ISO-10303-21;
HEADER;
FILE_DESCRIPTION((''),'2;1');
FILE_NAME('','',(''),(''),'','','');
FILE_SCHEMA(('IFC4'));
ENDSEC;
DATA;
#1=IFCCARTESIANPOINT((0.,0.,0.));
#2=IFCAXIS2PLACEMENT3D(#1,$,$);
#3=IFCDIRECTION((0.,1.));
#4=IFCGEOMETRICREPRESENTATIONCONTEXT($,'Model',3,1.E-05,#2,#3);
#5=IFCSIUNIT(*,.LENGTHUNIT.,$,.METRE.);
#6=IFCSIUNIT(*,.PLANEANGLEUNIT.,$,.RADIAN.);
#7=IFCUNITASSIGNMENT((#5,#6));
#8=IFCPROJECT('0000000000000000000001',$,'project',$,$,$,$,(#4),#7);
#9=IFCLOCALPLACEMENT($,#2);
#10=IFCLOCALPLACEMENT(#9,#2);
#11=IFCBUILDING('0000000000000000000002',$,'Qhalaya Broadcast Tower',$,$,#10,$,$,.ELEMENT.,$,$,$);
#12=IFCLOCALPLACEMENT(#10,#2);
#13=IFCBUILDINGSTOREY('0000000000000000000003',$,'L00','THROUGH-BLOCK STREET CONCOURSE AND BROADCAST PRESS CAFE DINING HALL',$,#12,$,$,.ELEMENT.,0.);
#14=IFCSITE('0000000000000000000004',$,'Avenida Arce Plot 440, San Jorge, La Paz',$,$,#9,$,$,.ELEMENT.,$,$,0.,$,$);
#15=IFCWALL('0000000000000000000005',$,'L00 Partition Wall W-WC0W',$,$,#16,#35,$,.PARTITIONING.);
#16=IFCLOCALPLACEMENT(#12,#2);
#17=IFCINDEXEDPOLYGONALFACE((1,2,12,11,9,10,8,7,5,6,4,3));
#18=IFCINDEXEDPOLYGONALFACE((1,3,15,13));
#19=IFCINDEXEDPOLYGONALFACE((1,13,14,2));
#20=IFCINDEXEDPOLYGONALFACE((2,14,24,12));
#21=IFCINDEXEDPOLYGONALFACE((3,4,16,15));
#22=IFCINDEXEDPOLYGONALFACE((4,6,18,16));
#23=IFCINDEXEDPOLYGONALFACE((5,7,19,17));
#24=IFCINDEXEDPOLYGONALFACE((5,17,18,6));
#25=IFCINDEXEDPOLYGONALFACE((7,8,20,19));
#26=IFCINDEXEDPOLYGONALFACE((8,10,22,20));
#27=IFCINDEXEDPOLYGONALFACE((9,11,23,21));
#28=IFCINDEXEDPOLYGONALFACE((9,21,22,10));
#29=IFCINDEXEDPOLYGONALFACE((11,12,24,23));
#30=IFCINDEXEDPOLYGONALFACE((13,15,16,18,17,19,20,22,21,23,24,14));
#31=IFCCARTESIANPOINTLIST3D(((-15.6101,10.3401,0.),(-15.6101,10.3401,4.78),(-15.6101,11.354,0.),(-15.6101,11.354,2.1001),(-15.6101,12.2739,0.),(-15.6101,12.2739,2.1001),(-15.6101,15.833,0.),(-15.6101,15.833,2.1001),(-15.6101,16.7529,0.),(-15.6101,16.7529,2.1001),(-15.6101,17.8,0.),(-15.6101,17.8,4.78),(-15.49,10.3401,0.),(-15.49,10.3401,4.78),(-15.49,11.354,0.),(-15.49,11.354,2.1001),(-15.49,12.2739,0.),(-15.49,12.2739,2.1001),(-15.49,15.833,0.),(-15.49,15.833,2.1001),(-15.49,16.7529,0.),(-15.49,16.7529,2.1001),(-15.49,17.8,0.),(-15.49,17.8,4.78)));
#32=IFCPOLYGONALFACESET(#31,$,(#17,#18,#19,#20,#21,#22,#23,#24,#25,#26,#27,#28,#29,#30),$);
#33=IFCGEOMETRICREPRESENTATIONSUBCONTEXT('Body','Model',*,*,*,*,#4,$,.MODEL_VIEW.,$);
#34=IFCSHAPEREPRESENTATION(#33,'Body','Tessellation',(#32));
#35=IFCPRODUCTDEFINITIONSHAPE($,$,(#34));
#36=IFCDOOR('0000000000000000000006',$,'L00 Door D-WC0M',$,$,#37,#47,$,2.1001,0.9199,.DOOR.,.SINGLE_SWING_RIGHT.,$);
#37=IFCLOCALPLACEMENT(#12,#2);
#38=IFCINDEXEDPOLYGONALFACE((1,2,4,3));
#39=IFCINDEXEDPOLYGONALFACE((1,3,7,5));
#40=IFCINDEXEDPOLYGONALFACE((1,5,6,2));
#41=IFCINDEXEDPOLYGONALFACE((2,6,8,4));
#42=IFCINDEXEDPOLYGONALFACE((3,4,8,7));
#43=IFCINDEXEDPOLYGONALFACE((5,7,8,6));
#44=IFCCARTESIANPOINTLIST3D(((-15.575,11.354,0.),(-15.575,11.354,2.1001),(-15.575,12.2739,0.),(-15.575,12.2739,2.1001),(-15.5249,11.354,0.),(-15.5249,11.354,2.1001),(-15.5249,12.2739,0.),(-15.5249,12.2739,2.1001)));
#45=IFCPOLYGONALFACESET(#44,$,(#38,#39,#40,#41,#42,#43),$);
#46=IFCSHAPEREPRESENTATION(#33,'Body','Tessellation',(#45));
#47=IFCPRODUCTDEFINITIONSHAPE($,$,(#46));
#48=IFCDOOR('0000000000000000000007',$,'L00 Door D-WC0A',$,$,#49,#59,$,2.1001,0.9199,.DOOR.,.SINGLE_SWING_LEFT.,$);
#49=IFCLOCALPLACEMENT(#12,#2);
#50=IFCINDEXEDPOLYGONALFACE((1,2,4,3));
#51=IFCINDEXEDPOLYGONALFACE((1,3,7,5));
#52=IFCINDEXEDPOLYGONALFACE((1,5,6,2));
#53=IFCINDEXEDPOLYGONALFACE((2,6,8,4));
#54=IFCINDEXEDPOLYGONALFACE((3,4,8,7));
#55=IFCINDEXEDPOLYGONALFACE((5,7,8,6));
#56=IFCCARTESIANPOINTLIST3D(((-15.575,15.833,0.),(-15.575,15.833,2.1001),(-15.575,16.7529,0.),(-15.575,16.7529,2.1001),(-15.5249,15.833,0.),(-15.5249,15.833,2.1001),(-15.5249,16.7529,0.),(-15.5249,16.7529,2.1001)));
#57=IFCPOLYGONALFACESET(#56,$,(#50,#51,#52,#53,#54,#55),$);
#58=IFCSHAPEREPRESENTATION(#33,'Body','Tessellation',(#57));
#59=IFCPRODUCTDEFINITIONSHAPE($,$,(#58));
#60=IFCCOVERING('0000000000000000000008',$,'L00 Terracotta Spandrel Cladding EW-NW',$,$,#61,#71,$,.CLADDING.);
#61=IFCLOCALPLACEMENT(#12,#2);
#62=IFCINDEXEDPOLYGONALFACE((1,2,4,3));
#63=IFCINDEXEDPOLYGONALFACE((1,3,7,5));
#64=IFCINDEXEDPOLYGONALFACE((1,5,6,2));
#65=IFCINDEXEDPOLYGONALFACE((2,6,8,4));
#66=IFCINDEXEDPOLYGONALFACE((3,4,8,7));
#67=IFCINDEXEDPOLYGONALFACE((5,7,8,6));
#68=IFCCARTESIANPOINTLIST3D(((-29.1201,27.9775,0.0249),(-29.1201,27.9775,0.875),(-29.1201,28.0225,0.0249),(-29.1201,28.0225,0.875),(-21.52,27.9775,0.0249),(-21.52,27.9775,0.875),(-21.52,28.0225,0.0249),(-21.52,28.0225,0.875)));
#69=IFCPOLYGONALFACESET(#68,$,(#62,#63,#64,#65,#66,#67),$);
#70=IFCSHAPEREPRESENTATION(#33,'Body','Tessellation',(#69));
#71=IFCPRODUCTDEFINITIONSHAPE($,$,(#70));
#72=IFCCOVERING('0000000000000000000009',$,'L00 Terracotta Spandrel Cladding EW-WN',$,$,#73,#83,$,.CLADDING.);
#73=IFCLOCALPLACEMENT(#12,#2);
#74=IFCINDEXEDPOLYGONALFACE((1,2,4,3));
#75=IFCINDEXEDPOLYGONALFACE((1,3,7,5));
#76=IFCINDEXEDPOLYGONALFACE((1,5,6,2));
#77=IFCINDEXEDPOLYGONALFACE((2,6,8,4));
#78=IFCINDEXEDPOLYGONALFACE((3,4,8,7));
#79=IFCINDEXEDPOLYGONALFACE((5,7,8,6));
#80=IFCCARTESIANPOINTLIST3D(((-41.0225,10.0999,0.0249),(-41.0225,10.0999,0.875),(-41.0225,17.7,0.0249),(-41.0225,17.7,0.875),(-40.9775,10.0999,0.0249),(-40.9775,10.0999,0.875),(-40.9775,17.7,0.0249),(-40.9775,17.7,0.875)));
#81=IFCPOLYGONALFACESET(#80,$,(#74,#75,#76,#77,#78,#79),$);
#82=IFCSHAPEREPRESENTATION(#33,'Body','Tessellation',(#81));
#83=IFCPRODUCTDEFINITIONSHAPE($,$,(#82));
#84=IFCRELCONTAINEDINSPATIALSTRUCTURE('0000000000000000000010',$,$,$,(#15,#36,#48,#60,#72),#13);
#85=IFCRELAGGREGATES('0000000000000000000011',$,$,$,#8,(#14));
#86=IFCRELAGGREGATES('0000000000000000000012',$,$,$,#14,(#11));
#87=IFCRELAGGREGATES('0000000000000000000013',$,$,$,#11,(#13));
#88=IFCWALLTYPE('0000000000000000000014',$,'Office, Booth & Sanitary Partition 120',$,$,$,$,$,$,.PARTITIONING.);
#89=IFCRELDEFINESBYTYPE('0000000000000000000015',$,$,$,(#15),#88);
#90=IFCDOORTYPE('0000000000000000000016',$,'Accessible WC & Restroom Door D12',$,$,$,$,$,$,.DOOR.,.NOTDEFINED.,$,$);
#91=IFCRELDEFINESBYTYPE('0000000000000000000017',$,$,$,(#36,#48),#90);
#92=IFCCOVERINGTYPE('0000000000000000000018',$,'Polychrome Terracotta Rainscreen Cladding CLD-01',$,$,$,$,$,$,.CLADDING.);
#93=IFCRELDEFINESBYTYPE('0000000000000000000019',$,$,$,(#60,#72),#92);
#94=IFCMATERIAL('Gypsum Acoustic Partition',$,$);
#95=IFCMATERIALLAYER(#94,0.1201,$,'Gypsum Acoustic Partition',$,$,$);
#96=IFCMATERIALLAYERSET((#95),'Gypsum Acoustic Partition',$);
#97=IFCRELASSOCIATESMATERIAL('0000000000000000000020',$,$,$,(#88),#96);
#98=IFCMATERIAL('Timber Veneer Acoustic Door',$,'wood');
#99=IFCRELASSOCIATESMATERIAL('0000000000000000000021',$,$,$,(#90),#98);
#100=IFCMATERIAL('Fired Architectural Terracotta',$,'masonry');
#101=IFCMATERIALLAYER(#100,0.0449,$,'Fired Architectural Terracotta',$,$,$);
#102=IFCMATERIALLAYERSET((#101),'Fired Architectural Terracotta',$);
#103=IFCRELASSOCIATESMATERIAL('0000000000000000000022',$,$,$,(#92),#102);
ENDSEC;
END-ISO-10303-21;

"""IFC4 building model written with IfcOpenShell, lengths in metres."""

from ifc_helpers import new_model, si_unit, direction, frame, frame_2d, origin, origin_2d, place, context, subcontext, project, spatial, rectangle, extrude, material, layer, layer_set, type_object, element, fill, save


model = new_model("IFC4")

# Units and contexts
model_context = context("Model", 3, precision=1e-05, world=origin(), true_north=direction((0.0, 1.0)))
body_context = subcontext(model_context, "Body", "Model", "MODEL_VIEW")
ifc_project = project(units=[si_unit("LENGTHUNIT", "METRE"), si_unit("PLANEANGLEUNIT", "RADIAN")], contexts=[model_context])

# Site, building, storey
site_placement = place(None, origin())
site = spatial("IfcSite", under=ifc_project, at=site_placement, Name="Avenida Arce Plot 440, San Jorge, La Paz", CompositionType="ELEMENT", RefElevation=0.0)
building_placement = place(site_placement, origin())
building = spatial("IfcBuilding", under=site, at=building_placement, Name="Qhalaya Broadcast Tower", CompositionType="ELEMENT")
storey_placement = place(building_placement, origin())
storey = spatial("IfcBuildingStorey", under=building, at=storey_placement, Name="L00", Description="THROUGH-BLOCK STREET CONCOURSE AND BROADCAST PRESS CAFE DINING HALL", CompositionType="ELEMENT", Elevation=0.0)

# Shared definitions
ifc_material_1 = material(Name="Gypsum Acoustic Partition")
ifc_layer_1 = layer(ifc_material_1, 0.1201, Name="Gypsum Acoustic Partition")
ifc_layer_set_1 = layer_set([ifc_layer_1], Name="Gypsum Acoustic Partition")
wall_type_1 = type_object("IfcWallType", Name="Office, Booth & Sanitary Partition 120", PredefinedType="PARTITIONING", material=ifc_layer_set_1)

# Wall, openings, doors
wall_1_placement = place(storey_placement, frame((-15.55, 10.3401, 0.0), z_axis=(0.0, 0.0, 1.0), x_axis=(0.0, 1.0, 0.0)))
wall_1 = element("IfcWall", 1, at=wall_1_placement, inside=storey, type_object=wall_type_1, Name="L00 Partition Wall W-WC0W", PredefinedType="PARTITIONING", context=body_context, shape_type="SweptSolid", body=[
    extrude(rectangle(XDim=7.46, YDim=0.1201, at=frame_2d((3.73, 0.0))), origin(), (0.0, 0.0, 1.0), 4.78),
])
opening_1_placement = place(wall_1_placement, frame((1.0139, 0.0, 0.0)))
opening_1 = element("IfcOpeningElement", 2, at=opening_1_placement, cuts=wall_1, PredefinedType="OPENING", context=body_context, shape_type="SweptSolid", body=[
    extrude(rectangle(XDim=0.9199, YDim=2.1001, at=frame_2d((0.46, 1.05))), frame((0.0, 0.072, 0.0), z_axis=(0.0, -1.0, 0.0), x_axis=(1.0, 0.0, 0.0)), (0.0, 0.0, 1.0), 0.144),
])
opening_2_placement = place(wall_1_placement, frame((5.4929, 0.0, 0.0)))
opening_2 = element("IfcOpeningElement", 3, at=opening_2_placement, cuts=wall_1, PredefinedType="OPENING", context=body_context, shape_type="SweptSolid", body=[
    extrude(rectangle(XDim=0.9199, YDim=2.1001, at=frame_2d((0.46, 1.05))), frame((0.0, 0.072, 0.0), z_axis=(0.0, -1.0, 0.0), x_axis=(1.0, 0.0, 0.0)), (0.0, 0.0, 1.0), 0.144),
])
ifc_material_2 = material(Name="Timber Veneer Acoustic Door", Category="wood")
door_type_1 = type_object("IfcDoorType", Name="Accessible WC & Restroom Door D12", OperationType="NOTDEFINED", PredefinedType="DOOR", material=ifc_material_2)
door_1_placement = place(opening_1_placement, origin())
door_1 = element("IfcDoor", 4, at=door_1_placement, inside=storey, type_object=door_type_1, Name="L00 Door D-WC0M", OperationType="SINGLE_SWING_RIGHT", OverallHeight=2.1001, OverallWidth=0.9199, PredefinedType="DOOR", context=body_context, shape_type="SweptSolid", body=[
    extrude(rectangle(XDim=0.9199, YDim=2.1001, at=frame_2d((0.46, 1.05))), frame((0.0, 0.0249, 0.0), z_axis=(0.0, -1.0, 0.0), x_axis=(1.0, 0.0, 0.0)), (0.0, 0.0, 1.0), 0.05),
])
fill(opening_1, door_1)
door_2_placement = place(opening_2_placement, origin())
door_2 = element("IfcDoor", 5, at=door_2_placement, inside=storey, type_object=door_type_1, Name="L00 Door D-WC0A", OperationType="SINGLE_SWING_LEFT", OverallHeight=2.1001, OverallWidth=0.9199, PredefinedType="DOOR", context=body_context, shape_type="SweptSolid", body=[
    extrude(rectangle(XDim=0.9199, YDim=2.1001, at=frame_2d((0.46, 1.05))), frame((0.0, 0.0249, 0.0), z_axis=(0.0, -1.0, 0.0), x_axis=(1.0, 0.0, 0.0)), (0.0, 0.0, 1.0), 0.05),
])
fill(opening_2, door_2)

# Coverings
ifc_material_3 = material(Name="Fired Architectural Terracotta", Category="masonry")
ifc_layer_2 = layer(ifc_material_3, 0.0449, Name="Fired Architectural Terracotta")
ifc_layer_set_2 = layer_set([ifc_layer_2], Name="Fired Architectural Terracotta")
covering_type = type_object("IfcCoveringType", Name="Polychrome Terracotta Rainscreen Cladding CLD-01", PredefinedType="CLADDING", material=ifc_layer_set_2)
for number, where, z_axis, x_axis, name in (
    (6, (-25.3201, 28.0, 0.0249), (0.0, 0.0, 1.0), (1.0, 0.0, 0.0), "L00 Terracotta Spandrel Cladding EW-NW"),
    (7, (-41.0, 13.8999, 0.0249), (0.0, 0.0, 1.0), (0.0, 1.0, 0.0), "L00 Terracotta Spandrel Cladding EW-WN"),
):
    element("IfcCovering", number, at=place(storey_placement, frame(where, z_axis=z_axis, x_axis=x_axis)), inside=storey, type_object=covering_type, Name=name, PredefinedType="CLADDING", context=body_context, shape_type="SweptSolid", body=[
        extrude(rectangle(XDim=7.6001, YDim=0.0449, at=origin_2d()), origin(), (0.0, 0.0, 1.0), 0.8501),
    ])

save(model, "model.ifc")
